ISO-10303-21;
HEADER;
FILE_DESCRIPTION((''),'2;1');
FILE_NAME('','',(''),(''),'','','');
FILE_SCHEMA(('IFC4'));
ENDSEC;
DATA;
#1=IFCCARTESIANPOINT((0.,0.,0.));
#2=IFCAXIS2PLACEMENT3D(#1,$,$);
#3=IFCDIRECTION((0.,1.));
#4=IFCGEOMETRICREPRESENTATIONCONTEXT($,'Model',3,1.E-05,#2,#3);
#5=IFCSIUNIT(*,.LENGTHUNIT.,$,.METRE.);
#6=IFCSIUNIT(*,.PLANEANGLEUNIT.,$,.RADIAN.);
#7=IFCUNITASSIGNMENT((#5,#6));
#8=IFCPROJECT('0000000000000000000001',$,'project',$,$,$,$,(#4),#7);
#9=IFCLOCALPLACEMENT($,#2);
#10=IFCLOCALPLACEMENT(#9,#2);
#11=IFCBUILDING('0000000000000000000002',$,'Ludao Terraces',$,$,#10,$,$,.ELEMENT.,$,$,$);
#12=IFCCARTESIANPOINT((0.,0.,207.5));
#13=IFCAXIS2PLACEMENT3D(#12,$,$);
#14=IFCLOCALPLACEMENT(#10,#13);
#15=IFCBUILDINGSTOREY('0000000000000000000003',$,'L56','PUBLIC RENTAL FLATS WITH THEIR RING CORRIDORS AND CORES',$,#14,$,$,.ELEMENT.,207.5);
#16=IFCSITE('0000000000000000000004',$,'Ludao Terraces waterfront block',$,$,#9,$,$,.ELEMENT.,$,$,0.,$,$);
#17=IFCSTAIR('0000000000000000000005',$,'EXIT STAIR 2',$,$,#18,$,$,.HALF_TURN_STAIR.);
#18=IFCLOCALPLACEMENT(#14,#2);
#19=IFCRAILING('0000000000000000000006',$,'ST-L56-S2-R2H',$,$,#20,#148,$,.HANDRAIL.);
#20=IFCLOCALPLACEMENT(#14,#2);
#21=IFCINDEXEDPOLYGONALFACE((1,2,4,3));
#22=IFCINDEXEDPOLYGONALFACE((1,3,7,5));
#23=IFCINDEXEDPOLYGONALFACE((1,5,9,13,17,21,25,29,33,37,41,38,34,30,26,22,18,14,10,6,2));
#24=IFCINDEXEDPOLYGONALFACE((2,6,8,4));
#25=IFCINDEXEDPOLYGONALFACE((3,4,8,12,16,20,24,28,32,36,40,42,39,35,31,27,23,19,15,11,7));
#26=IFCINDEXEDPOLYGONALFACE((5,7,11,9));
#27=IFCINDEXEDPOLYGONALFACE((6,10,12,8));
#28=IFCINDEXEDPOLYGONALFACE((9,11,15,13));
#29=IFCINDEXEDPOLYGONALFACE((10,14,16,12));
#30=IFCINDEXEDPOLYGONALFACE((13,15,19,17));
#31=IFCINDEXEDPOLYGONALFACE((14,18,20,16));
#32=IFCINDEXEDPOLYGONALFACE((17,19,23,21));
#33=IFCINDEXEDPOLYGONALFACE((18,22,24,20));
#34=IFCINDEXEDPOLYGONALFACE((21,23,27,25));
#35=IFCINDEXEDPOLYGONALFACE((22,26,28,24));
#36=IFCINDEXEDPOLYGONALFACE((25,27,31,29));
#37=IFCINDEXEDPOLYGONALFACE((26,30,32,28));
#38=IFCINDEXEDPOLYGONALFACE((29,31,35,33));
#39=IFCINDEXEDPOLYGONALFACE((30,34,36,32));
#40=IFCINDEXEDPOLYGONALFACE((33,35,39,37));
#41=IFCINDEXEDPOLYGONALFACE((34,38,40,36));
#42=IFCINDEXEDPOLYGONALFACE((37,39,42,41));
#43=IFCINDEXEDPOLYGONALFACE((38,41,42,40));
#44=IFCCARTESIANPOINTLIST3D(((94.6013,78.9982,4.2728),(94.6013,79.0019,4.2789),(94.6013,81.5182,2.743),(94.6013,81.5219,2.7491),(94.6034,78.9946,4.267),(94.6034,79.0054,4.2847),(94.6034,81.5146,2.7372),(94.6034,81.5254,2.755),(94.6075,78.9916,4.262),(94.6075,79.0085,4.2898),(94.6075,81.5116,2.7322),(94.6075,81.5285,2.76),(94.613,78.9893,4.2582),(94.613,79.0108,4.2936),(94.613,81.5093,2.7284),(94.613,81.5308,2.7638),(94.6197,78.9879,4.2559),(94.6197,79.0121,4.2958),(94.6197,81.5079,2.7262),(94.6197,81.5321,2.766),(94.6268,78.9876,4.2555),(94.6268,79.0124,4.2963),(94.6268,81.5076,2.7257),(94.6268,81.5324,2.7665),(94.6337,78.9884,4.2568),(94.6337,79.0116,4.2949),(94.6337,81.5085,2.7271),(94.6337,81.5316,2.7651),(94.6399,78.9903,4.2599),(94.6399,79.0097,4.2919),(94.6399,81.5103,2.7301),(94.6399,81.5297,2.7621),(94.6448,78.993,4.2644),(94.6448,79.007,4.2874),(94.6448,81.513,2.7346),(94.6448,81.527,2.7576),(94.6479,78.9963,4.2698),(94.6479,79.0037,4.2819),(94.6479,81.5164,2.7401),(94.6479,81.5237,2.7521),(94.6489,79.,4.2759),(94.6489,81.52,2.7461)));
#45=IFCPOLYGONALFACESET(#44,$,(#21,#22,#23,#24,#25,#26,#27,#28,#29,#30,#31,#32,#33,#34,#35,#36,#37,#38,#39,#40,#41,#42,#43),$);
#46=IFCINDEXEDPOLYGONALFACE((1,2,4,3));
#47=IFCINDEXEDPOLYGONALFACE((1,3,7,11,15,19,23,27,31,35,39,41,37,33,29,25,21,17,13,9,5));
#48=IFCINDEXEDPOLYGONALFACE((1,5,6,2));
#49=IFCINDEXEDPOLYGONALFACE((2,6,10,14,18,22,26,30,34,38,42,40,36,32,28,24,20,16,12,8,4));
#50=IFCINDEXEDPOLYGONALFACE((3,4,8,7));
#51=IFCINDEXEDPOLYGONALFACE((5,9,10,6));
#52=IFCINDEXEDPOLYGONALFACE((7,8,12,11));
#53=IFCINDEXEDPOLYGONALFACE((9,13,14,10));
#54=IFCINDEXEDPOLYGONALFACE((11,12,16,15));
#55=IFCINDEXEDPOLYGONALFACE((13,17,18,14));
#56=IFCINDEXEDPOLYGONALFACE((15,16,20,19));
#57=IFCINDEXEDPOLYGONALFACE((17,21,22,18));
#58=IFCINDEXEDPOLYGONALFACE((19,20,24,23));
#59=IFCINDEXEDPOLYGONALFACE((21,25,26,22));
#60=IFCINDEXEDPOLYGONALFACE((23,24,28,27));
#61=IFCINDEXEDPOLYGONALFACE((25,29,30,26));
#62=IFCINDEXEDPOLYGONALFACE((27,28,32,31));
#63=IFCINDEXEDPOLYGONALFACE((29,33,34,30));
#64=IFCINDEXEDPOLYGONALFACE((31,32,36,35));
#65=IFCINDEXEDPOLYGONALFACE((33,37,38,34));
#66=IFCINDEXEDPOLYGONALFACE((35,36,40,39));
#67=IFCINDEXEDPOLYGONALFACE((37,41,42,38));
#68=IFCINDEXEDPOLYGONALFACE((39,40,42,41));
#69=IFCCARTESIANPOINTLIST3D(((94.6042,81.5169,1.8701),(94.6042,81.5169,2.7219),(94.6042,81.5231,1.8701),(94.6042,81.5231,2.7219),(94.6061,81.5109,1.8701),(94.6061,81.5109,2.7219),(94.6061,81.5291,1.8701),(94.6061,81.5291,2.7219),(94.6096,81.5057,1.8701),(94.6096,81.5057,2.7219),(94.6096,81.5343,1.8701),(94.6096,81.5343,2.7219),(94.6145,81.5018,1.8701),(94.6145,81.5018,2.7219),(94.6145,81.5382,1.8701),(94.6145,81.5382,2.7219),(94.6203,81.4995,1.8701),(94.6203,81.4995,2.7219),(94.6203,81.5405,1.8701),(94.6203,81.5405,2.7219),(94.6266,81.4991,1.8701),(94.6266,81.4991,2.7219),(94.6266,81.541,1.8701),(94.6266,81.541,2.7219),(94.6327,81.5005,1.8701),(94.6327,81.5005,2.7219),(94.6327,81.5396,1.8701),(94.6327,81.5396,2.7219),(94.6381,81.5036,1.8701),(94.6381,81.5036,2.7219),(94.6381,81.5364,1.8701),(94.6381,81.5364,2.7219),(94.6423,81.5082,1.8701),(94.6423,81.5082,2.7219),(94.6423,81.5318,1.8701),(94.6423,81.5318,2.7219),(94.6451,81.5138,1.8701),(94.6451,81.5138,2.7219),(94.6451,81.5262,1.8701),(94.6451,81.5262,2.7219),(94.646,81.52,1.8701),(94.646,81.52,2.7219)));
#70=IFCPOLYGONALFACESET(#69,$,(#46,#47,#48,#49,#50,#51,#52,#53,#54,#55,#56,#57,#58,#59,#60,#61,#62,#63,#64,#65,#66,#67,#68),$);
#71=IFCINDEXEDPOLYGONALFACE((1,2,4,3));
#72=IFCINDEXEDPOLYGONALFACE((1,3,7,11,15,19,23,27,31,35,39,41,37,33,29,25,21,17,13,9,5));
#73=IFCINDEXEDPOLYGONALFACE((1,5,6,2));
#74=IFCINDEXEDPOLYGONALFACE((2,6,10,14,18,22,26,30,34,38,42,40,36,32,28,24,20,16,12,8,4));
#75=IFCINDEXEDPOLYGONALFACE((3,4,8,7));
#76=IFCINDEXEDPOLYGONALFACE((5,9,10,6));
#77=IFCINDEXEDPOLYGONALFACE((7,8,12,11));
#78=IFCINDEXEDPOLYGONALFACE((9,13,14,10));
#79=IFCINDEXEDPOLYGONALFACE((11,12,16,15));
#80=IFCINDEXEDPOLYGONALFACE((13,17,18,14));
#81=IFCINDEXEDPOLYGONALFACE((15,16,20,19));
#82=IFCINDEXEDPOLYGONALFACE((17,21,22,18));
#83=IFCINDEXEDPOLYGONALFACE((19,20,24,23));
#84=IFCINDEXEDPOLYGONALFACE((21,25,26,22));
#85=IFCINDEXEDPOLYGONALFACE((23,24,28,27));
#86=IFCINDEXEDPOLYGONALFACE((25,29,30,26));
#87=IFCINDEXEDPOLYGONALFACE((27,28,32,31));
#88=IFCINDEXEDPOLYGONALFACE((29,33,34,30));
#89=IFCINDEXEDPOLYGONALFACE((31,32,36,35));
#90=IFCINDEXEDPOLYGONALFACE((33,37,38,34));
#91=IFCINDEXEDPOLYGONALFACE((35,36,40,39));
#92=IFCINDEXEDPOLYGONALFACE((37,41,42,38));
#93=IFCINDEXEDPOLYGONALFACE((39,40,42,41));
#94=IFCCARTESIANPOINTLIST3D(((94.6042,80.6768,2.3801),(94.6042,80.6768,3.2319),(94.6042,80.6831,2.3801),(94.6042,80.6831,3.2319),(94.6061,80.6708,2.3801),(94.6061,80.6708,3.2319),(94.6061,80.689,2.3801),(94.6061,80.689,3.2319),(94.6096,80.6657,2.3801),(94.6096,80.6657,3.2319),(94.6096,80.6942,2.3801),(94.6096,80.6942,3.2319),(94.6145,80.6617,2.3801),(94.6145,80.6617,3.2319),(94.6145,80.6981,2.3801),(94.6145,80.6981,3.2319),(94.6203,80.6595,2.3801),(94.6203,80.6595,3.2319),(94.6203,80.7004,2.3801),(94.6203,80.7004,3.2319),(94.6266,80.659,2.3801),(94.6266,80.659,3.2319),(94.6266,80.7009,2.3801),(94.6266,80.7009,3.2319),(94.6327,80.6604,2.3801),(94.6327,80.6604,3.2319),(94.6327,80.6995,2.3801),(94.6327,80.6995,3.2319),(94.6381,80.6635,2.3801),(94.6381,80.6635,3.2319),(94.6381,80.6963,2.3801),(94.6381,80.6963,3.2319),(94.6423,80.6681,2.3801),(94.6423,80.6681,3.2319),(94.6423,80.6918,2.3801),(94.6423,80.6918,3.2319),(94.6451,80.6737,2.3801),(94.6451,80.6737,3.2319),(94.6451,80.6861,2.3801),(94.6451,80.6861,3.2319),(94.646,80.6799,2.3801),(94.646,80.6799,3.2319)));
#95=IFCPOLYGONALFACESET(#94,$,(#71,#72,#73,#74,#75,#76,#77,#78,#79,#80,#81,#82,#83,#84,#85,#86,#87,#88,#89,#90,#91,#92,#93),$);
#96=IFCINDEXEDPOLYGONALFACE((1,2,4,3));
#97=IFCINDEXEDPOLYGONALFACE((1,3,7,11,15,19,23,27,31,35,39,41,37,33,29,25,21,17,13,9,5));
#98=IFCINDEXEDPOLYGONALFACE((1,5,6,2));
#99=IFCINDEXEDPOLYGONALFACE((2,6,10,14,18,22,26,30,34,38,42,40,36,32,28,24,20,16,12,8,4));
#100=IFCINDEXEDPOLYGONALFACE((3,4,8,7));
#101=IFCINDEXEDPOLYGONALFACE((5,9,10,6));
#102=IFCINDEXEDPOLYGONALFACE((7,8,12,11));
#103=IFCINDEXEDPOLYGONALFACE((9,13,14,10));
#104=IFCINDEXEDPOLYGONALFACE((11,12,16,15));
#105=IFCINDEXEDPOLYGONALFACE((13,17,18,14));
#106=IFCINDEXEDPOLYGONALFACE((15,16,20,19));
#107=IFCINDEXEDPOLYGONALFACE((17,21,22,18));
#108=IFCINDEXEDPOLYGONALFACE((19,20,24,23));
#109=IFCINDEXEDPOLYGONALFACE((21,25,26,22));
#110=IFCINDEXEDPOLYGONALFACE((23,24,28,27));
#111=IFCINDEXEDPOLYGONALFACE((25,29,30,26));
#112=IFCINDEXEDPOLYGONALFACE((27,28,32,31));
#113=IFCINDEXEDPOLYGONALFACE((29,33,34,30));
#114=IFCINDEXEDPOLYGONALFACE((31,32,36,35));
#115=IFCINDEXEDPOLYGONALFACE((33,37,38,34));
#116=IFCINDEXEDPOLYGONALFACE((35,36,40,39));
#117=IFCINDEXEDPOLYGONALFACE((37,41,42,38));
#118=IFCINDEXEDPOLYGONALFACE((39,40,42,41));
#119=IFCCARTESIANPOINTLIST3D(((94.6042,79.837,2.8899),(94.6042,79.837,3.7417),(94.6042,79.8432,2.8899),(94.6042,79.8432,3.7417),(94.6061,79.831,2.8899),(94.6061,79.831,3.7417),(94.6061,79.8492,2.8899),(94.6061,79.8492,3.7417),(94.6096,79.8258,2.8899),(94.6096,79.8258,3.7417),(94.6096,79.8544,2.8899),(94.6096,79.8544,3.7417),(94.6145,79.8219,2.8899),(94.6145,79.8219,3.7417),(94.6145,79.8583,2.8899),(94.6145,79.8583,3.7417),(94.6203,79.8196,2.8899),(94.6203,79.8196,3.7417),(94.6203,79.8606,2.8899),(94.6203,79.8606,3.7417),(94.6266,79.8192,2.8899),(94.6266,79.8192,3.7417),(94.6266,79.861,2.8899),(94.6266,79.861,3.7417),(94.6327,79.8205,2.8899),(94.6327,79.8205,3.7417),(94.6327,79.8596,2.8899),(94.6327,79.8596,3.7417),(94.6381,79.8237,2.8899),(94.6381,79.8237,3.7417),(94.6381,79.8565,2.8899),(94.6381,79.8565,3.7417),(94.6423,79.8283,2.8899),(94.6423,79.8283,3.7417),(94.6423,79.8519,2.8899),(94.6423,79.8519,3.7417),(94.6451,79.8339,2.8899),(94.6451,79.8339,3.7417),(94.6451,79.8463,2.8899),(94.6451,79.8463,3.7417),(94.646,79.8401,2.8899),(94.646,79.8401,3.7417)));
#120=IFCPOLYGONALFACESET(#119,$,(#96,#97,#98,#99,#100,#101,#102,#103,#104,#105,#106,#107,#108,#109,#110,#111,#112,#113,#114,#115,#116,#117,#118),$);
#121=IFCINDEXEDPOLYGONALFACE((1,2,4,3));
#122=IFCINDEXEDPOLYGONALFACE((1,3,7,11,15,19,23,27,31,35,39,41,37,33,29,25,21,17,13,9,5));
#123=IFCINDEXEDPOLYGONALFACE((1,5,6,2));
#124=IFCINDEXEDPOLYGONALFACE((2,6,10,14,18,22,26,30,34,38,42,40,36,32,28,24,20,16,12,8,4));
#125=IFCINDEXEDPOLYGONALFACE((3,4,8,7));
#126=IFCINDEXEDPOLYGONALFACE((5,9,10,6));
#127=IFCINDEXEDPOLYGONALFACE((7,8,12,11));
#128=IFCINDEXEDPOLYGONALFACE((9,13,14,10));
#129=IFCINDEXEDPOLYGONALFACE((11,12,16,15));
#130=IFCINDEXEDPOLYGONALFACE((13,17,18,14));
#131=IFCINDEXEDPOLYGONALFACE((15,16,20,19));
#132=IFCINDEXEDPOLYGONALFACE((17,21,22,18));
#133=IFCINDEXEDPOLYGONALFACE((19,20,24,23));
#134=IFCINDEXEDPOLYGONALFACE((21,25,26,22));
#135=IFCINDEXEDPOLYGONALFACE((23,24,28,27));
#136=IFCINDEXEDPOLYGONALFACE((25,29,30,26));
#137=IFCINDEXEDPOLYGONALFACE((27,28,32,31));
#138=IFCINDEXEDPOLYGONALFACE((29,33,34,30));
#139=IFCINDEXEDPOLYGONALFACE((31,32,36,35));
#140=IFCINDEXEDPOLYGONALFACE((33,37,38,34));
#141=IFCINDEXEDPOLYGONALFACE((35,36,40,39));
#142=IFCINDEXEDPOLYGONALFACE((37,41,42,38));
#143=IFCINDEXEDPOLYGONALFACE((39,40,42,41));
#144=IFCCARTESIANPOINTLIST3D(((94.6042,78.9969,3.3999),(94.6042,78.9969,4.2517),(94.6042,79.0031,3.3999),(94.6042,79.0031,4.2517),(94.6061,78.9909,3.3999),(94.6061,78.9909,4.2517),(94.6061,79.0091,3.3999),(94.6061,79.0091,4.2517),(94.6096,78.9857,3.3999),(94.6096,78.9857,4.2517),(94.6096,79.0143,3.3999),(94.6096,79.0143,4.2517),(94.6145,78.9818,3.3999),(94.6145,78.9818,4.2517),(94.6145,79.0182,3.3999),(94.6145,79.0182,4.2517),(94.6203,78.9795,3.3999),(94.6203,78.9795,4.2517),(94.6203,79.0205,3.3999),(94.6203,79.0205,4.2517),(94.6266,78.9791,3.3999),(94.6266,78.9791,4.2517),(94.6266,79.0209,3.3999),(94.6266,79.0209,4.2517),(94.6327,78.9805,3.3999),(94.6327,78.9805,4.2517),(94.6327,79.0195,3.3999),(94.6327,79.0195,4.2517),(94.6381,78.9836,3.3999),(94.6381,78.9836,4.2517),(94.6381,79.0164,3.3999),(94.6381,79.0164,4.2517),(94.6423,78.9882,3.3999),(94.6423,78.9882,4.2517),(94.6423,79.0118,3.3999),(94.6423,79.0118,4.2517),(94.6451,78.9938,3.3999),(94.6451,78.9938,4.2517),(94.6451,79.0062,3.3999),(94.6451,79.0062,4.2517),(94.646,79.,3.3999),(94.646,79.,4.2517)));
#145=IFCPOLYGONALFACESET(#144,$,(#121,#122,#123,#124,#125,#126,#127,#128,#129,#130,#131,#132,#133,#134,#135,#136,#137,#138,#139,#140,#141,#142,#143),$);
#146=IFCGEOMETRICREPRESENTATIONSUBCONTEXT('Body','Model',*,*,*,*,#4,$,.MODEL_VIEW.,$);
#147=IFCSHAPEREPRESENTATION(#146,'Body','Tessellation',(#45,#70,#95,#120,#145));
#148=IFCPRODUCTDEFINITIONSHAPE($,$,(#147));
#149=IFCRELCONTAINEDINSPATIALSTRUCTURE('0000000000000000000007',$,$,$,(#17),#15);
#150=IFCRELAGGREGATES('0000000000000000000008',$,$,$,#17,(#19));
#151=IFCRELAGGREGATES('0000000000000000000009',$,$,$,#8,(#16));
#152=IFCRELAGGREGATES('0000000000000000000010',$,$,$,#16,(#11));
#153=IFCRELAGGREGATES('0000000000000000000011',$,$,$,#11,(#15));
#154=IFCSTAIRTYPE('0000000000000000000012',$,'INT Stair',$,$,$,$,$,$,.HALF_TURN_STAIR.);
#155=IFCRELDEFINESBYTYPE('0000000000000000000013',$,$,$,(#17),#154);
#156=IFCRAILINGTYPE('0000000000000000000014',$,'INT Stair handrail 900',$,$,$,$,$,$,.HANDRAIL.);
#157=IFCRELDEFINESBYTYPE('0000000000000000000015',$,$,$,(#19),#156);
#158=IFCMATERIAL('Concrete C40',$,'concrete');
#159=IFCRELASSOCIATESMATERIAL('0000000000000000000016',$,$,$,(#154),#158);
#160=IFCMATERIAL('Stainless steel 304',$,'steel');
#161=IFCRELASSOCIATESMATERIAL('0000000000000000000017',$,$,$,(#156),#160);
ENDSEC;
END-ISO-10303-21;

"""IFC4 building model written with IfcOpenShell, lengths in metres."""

from ifc_helpers import new_model, si_unit, direction, frame, origin, origin_2d, place, context, subcontext, project, spatial, circle, extrude, material, type_object, element, aggregate, save


model = new_model("IFC4")

# Units and contexts
model_context = context("Model", 3, precision=1e-05, world=origin(), true_north=direction((0.0, 1.0)))
body_context = subcontext(model_context, "Body", "Model", "MODEL_VIEW")
ifc_project = project(units=[si_unit("LENGTHUNIT", "METRE"), si_unit("PLANEANGLEUNIT", "RADIAN")], contexts=[model_context])

# Site, building, storey
site_placement = place(None, origin())
site = spatial("IfcSite", under=ifc_project, at=site_placement, Name="Ludao Terraces waterfront block", CompositionType="ELEMENT", RefElevation=0.0)
building_placement = place(site_placement, origin())
building = spatial("IfcBuilding", under=site, at=building_placement, Name="Ludao Terraces", CompositionType="ELEMENT")
storey_placement = place(building_placement, frame((0.0, 0.0, 207.5)))
storey = spatial("IfcBuildingStorey", under=building, at=storey_placement, Name="L56", Description="PUBLIC RENTAL FLATS WITH THEIR RING CORRIDORS AND CORES", CompositionType="ELEMENT", Elevation=207.5)

# Stair, railing
ifc_material_1 = material(Name="Concrete C40", Category="concrete")
stair_type = type_object("IfcStairType", Name="INT Stair", PredefinedType="HALF_TURN_STAIR", material=ifc_material_1)
stair_placement = place(storey_placement, origin())
stair = element("IfcStair", 1, at=stair_placement, inside=storey, type_object=stair_type, Name="EXIT STAIR 2", PredefinedType="HALF_TURN_STAIR")
ifc_material_2 = material(Name="Stainless steel 304", Category="steel")
railing_type_1 = type_object("IfcRailingType", Name="INT Stair handrail 900", PredefinedType="HANDRAIL", material=ifc_material_2)
railing_1_placement = place(storey_placement, frame((94.625, 81.52, 1.8701)))
railing_1 = element("IfcRailing", 2, at=railing_1_placement, type_object=railing_type_1, Name="ST-L56-S2-R2H", PredefinedType="HANDRAIL", context=body_context, shape_type="SweptSolid", body=[
    extrude(circle(Radius=0.0239, at=origin_2d()), frame((0.0, 0.0, 0.876), z_axis=(0.0, -0.854822, 0.518922), x_axis=(1.0, 0.0, 0.0)), (0.0, 0.0, 1.0), 2.948),
    extrude(circle(Radius=0.021, at=origin_2d()), origin(), (0.0, 0.0, 1.0), 0.8518),
    extrude(circle(Radius=0.021, at=origin_2d()), frame((0.0, -0.8401, 0.51)), (0.0, 0.0, 1.0), 0.8518),
    extrude(circle(Radius=0.021, at=origin_2d()), frame((0.0, -1.6799, 1.0198)), (0.0, 0.0, 1.0), 0.8518),
    extrude(circle(Radius=0.021, at=origin_2d()), frame((0.0, -2.52, 1.5298)), (0.0, 0.0, 1.0), 0.8518),
])
aggregate(stair, [railing_1])

save(model, "model.ifc")
